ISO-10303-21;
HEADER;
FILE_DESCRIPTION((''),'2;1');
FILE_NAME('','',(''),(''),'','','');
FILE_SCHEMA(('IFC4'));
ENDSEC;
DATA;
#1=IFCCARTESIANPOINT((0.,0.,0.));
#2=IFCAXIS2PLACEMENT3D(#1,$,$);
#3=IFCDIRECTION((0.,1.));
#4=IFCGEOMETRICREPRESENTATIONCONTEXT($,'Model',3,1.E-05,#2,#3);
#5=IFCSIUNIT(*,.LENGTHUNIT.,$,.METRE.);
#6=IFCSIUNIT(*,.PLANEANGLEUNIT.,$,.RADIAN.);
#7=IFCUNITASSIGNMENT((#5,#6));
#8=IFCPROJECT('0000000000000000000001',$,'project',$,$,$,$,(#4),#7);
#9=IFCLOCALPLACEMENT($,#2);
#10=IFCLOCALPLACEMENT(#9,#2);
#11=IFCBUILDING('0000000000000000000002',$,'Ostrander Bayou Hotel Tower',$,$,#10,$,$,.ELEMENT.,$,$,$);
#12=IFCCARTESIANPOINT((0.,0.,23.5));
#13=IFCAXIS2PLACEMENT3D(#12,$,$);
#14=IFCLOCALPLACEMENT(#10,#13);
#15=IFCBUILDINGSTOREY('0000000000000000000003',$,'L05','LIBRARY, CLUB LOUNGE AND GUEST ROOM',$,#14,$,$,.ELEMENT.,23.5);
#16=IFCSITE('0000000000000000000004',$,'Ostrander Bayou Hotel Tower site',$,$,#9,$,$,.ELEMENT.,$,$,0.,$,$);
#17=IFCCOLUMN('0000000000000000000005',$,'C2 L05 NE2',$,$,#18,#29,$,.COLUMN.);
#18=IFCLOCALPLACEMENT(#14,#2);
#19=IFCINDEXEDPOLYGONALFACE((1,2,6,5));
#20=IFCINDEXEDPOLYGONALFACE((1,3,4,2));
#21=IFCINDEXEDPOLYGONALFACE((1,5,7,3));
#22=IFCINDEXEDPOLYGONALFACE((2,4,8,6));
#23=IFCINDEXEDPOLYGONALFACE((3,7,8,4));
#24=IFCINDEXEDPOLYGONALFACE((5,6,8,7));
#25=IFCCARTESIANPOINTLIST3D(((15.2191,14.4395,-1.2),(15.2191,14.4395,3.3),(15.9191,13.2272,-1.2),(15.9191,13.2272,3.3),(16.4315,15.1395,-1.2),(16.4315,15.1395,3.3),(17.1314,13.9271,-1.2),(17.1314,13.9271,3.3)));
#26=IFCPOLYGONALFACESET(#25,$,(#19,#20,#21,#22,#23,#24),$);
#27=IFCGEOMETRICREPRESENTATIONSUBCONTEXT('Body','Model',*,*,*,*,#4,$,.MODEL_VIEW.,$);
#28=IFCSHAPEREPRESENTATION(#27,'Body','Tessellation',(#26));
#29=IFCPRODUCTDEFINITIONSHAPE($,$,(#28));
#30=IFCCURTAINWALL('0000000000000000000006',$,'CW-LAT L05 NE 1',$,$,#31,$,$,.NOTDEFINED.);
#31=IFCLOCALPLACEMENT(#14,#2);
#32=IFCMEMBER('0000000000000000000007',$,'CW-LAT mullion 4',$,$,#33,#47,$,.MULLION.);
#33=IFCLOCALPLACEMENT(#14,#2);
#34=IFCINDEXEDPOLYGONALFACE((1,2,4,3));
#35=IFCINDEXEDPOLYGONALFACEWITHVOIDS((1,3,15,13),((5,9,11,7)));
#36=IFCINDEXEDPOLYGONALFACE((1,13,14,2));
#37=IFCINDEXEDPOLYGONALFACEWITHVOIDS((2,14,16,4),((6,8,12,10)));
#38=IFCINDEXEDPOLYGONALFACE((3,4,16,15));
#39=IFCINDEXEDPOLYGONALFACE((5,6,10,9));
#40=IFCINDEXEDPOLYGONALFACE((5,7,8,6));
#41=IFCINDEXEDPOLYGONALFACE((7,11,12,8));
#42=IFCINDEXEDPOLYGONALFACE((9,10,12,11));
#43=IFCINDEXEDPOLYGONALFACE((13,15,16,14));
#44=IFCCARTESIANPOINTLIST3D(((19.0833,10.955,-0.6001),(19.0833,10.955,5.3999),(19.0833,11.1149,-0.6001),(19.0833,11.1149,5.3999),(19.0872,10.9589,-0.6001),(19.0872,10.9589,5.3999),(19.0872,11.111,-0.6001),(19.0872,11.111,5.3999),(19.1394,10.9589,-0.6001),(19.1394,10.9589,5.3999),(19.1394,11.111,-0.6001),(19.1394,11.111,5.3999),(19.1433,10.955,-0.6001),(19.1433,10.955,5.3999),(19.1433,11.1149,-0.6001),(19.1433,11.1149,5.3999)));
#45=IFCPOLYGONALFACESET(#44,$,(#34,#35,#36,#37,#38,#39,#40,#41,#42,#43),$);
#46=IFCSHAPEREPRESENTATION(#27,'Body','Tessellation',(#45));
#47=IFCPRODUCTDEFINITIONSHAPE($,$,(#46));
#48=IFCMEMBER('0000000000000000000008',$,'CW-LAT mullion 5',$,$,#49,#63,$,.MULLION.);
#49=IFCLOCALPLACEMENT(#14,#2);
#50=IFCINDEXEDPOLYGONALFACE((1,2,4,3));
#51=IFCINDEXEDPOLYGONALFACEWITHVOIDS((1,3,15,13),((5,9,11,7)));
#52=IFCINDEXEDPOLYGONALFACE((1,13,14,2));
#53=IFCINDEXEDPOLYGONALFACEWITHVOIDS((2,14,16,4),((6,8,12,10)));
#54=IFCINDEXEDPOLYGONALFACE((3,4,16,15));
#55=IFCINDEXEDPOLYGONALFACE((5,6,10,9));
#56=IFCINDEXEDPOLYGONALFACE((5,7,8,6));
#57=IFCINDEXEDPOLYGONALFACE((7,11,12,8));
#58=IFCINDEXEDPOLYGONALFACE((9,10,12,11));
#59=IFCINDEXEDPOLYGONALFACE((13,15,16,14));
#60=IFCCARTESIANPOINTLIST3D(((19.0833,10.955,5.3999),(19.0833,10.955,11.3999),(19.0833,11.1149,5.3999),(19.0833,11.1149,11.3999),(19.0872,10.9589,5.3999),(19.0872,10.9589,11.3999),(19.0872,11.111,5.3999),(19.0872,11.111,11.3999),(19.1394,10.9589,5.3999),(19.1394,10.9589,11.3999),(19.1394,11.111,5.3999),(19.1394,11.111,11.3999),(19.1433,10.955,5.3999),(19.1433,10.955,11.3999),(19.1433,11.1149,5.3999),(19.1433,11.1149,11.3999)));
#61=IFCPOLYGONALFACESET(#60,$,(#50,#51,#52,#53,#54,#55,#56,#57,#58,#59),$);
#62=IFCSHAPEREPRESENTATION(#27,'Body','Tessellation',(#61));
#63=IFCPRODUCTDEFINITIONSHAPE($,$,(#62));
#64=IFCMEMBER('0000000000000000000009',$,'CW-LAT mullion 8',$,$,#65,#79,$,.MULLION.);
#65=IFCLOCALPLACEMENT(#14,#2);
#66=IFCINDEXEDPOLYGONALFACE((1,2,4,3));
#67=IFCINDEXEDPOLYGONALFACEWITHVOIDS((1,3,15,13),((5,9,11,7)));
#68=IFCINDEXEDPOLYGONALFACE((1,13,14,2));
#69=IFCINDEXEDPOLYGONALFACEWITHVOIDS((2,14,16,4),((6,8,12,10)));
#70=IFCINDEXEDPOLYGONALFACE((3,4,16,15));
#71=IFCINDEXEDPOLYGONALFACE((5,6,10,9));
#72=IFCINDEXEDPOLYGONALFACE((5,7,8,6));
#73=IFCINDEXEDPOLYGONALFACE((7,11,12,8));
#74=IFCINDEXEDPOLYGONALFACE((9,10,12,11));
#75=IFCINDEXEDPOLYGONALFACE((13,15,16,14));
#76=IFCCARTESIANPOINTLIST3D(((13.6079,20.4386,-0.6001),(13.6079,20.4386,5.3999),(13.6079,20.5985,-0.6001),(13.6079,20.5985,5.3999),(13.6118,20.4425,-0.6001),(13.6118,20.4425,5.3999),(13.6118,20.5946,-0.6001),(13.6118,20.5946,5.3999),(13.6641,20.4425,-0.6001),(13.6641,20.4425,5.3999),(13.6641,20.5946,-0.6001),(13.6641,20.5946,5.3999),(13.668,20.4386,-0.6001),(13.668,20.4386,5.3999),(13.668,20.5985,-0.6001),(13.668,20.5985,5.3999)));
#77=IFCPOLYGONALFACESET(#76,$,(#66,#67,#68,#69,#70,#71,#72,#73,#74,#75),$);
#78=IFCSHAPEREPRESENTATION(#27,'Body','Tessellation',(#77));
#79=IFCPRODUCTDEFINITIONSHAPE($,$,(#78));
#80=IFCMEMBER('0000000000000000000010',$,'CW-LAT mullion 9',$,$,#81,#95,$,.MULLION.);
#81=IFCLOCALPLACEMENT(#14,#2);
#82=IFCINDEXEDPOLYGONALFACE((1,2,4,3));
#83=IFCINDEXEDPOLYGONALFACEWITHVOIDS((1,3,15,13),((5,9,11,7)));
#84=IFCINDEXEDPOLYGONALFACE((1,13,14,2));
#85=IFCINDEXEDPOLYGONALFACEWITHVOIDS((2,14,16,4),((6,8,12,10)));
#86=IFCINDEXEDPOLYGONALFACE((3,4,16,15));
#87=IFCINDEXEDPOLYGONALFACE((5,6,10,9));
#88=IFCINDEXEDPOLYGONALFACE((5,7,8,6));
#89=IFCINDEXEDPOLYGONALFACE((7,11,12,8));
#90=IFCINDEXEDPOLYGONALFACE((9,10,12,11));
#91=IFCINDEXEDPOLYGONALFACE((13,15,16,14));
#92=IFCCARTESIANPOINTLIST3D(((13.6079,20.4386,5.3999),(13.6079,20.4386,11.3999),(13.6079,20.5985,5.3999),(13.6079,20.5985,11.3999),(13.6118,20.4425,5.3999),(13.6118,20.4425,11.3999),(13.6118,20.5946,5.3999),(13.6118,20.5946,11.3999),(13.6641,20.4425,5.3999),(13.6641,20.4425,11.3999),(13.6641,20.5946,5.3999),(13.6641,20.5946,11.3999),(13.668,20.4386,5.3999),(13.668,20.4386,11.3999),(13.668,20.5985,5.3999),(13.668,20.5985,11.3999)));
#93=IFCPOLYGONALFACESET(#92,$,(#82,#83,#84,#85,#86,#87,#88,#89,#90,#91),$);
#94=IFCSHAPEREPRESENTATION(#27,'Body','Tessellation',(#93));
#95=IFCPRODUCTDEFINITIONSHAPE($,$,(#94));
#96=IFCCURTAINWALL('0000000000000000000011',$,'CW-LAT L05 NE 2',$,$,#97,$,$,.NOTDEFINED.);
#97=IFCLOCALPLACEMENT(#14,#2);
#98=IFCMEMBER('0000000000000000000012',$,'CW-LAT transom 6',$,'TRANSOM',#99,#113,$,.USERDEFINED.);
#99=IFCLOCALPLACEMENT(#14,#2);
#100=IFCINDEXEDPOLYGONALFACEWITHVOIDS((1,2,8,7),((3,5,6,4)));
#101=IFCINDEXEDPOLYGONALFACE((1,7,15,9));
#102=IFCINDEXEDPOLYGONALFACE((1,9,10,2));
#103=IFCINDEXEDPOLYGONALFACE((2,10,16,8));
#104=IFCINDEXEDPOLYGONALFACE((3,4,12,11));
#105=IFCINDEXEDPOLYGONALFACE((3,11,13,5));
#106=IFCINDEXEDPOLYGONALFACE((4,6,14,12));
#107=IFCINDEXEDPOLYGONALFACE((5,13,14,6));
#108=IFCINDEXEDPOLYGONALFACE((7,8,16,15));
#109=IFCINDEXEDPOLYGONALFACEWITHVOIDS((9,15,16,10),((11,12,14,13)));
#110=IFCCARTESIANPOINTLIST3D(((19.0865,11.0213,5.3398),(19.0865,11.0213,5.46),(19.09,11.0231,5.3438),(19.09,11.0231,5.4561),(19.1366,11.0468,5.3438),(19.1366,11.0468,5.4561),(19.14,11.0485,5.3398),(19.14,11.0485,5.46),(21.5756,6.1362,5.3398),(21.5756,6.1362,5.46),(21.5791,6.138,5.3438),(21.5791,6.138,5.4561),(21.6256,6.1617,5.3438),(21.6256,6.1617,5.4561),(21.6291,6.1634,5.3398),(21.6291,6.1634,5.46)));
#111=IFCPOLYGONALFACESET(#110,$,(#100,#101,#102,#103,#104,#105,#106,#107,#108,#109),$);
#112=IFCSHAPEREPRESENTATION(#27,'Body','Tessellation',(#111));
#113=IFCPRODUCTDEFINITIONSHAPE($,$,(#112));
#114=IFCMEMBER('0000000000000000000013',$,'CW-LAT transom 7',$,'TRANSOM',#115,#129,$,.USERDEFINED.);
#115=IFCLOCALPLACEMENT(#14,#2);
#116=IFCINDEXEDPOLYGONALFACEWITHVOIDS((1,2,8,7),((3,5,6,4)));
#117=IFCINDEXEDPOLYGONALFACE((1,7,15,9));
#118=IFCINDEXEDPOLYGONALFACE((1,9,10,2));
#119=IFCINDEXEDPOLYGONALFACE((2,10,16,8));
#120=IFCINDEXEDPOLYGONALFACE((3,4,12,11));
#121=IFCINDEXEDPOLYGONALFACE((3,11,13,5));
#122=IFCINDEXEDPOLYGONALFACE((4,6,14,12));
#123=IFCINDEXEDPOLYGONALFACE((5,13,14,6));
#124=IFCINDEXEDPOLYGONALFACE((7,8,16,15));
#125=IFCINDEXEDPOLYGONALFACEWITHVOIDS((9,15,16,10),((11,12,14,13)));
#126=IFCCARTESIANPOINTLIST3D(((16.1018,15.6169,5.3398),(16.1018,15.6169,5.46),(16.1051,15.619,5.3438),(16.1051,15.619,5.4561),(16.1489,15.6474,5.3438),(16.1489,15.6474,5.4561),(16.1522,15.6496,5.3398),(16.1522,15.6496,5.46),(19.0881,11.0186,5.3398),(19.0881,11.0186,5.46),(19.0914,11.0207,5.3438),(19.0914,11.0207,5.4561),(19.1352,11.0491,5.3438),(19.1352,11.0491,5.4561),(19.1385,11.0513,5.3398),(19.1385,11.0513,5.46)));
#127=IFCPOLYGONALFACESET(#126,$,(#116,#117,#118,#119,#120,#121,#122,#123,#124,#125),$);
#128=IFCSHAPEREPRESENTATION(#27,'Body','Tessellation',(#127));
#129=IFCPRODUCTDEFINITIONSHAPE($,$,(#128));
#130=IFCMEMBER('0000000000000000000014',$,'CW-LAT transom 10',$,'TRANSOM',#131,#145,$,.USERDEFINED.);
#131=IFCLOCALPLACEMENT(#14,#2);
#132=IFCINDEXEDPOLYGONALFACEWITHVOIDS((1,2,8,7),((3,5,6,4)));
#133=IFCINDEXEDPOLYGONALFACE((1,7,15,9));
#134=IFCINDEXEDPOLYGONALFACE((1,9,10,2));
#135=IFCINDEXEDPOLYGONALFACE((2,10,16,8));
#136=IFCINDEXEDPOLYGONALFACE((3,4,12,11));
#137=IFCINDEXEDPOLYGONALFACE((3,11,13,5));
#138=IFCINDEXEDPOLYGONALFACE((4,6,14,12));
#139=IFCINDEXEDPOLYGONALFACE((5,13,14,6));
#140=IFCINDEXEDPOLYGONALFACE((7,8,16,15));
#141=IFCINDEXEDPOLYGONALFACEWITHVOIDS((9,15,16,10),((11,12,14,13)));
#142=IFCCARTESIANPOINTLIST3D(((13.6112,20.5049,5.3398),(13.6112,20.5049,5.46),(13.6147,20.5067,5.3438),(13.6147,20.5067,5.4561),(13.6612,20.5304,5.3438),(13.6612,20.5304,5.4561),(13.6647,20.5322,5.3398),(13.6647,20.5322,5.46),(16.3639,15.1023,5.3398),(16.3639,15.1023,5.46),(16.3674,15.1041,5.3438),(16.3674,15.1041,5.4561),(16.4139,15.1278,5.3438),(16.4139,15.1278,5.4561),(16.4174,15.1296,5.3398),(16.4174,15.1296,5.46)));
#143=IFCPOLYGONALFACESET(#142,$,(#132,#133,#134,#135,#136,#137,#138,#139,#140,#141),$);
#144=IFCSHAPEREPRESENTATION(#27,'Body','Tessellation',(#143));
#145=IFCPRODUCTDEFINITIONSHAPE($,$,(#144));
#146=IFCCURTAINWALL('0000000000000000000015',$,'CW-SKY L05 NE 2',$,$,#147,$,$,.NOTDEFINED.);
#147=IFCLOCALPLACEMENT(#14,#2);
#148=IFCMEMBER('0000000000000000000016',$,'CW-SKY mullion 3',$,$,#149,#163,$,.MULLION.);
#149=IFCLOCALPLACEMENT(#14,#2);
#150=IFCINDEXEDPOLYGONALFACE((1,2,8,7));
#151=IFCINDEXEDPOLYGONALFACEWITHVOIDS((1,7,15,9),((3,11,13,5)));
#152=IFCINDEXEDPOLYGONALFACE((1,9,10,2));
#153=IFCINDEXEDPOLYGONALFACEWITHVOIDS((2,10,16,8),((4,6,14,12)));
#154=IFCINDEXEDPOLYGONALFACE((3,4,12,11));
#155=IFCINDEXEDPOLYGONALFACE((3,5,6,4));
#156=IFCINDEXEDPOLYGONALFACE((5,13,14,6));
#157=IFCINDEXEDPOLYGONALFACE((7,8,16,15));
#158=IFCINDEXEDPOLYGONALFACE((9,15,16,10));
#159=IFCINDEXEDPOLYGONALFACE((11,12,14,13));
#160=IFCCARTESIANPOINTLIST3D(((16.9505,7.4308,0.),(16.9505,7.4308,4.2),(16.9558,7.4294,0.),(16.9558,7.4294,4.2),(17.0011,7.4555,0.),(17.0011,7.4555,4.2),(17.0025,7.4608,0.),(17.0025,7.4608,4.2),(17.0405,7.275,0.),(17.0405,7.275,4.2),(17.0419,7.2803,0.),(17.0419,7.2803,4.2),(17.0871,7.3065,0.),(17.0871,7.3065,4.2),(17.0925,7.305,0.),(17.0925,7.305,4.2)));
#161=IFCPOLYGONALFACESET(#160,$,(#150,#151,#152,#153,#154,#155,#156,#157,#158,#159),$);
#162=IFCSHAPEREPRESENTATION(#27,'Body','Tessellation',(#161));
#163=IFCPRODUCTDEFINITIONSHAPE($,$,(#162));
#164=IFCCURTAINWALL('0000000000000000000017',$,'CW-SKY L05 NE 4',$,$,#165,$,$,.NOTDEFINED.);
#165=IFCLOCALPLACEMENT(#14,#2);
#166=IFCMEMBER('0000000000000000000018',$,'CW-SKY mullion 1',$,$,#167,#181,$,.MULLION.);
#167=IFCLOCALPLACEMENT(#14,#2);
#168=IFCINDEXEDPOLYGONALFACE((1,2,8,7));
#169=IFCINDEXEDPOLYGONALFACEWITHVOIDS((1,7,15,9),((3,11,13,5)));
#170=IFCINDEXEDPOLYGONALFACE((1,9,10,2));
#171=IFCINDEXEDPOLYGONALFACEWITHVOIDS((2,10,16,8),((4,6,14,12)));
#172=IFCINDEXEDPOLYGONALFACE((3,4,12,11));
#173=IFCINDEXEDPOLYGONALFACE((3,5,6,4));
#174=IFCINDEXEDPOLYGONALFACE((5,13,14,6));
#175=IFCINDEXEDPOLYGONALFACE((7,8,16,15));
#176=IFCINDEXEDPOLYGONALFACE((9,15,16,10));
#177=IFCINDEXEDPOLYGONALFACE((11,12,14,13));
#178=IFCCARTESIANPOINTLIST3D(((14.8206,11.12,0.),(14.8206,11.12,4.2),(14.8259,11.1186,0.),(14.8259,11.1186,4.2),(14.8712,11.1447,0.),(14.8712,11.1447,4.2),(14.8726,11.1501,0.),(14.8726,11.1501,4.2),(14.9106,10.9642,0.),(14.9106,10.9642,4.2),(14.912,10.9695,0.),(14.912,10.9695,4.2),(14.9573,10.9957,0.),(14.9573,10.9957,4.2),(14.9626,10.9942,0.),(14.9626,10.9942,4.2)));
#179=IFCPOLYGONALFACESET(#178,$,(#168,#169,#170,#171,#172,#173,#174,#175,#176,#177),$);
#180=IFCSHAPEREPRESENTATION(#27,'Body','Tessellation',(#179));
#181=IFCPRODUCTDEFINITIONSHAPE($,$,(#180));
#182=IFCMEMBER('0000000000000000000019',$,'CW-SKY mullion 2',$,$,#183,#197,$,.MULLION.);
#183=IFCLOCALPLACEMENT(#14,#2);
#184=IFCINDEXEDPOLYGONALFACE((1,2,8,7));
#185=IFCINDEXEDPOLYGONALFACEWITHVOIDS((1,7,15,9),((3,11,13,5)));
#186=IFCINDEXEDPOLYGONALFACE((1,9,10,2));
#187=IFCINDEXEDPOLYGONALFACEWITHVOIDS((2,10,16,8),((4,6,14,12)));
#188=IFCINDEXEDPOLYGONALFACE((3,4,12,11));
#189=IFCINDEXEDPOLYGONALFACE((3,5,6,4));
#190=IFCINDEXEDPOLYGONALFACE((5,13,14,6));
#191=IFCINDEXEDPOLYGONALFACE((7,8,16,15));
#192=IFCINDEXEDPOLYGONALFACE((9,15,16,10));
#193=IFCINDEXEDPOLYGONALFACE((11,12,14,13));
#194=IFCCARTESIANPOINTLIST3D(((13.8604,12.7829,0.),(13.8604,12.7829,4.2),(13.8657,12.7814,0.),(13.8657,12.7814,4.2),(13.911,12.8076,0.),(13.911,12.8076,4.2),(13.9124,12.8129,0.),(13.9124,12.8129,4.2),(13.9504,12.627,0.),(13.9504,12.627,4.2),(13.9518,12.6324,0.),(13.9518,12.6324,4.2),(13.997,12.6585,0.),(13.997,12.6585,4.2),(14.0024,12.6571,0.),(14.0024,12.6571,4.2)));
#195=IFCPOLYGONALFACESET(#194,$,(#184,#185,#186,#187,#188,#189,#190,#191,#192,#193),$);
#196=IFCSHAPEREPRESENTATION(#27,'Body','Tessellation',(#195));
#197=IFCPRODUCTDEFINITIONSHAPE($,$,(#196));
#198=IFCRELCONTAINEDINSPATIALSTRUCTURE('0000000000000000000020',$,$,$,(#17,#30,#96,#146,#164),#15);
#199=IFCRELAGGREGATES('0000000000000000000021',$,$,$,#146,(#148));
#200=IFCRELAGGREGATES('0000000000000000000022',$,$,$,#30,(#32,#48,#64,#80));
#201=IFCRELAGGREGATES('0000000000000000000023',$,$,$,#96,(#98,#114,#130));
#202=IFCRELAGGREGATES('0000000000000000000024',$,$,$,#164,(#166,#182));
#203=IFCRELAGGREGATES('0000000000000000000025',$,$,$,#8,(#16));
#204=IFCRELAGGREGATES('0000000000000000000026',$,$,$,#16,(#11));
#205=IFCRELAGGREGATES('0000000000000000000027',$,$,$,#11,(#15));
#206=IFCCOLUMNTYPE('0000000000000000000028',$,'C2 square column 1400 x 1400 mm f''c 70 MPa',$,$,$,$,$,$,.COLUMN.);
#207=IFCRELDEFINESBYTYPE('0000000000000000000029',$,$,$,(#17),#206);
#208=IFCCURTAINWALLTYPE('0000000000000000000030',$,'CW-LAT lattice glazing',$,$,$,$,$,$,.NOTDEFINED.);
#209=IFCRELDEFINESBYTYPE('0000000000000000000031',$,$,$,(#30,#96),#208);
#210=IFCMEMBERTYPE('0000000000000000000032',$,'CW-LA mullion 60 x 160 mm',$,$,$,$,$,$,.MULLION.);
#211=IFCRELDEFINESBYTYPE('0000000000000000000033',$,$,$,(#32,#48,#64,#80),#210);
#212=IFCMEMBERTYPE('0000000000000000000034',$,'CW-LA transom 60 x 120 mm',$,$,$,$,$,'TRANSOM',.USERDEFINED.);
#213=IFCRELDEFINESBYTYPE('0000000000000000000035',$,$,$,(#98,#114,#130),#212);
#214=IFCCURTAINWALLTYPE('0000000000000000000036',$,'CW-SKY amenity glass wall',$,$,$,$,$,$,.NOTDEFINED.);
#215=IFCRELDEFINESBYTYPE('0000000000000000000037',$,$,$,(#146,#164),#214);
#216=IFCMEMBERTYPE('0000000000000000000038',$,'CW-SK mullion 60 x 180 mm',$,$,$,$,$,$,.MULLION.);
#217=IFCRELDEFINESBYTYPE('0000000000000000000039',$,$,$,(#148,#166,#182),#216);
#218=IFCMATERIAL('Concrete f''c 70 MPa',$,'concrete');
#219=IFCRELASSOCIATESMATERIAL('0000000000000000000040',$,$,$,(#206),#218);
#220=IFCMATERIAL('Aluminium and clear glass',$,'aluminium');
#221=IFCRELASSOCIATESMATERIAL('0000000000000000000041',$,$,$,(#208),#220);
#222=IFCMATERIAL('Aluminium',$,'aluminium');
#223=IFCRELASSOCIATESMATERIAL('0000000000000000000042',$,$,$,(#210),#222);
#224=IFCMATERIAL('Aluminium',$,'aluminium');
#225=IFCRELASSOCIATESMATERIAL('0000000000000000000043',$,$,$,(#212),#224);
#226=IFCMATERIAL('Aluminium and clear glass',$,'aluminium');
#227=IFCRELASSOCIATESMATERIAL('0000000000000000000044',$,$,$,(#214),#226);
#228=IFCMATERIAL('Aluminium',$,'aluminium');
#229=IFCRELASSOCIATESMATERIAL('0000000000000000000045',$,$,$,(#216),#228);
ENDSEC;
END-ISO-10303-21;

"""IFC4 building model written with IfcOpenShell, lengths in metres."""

from ifc_helpers import new_model, si_unit, direction, frame, origin, origin_2d, place, context, subcontext, project, spatial, rectangle, hollow_rectangle, extrude, material, material_profile, profile_set, type_object, element, aggregate, save


model = new_model("IFC4")

# Units and contexts
model_context = context("Model", 3, precision=1e-05, world=origin(), true_north=direction((0.0, 1.0)))
body_context = subcontext(model_context, "Body", "Model", "MODEL_VIEW")
ifc_project = project(units=[si_unit("LENGTHUNIT", "METRE"), si_unit("PLANEANGLEUNIT", "RADIAN")], contexts=[model_context])

# Site, building, storey
site_placement = place(None, origin())
site = spatial("IfcSite", under=ifc_project, at=site_placement, Name="Ostrander Bayou Hotel Tower site", CompositionType="ELEMENT", RefElevation=0.0)
building_placement = place(site_placement, origin())
building = spatial("IfcBuilding", under=site, at=building_placement, Name="Ostrander Bayou Hotel Tower", CompositionType="ELEMENT")
storey_placement = place(building_placement, frame((0.0, 0.0, 23.5)))
storey = spatial("IfcBuildingStorey", under=building, at=storey_placement, Name="L05", Description="LIBRARY, CLUB LOUNGE AND GUEST ROOM", CompositionType="ELEMENT", Elevation=23.5)

# Column
ifc_material_1 = material(Name="Concrete f'c 70 MPa", Category="concrete")
ifc_material_profile_1 = material_profile(ifc_material_1, rectangle(XDim=1.3999, YDim=1.3999, at=origin_2d()))
ifc_profile_set_1 = profile_set([ifc_material_profile_1], Name="Concrete f'c 70 MPa")
column_type = type_object("IfcColumnType", Name="C2 square column 1400 x 1400 mm f'c 70 MPa", PredefinedType="COLUMN", material=ifc_profile_set_1)
column_placement = place(storey_placement, frame((16.1753, 14.1833, -1.2), z_axis=(0.0, 0.0, 1.0), x_axis=(0.5, -0.866025, 0.0)))
element("IfcColumn", 1, at=column_placement, inside=storey, type_object=column_type, Name="C2 L05 NE2", PredefinedType="COLUMN", context=body_context, shape_type="SweptSolid", body=[
    extrude(rectangle(XDim=1.3999, YDim=1.3999, at=origin_2d()), origin(), (0.0, 0.0, 1.0), 4.5),
])

# Curtain walls, members
ifc_material_2 = material(Name="Aluminium and clear glass", Category="aluminium")
curtain_wall_type_1 = type_object("IfcCurtainWallType", Name="CW-LAT lattice glazing", PredefinedType="NOTDEFINED", material=ifc_material_2)
curtain_wall_1_placement = place(storey_placement, origin())
curtain_wall_1 = element("IfcCurtainWall", 2, at=curtain_wall_1_placement, inside=storey, type_object=curtain_wall_type_1, Name="CW-LAT L05 NE 1", PredefinedType="NOTDEFINED")
ifc_material_3 = material(Name="Aluminium", Category="aluminium")
ifc_material_profile_2 = material_profile(ifc_material_3, hollow_rectangle(XDim=0.0601, YDim=0.1599, WallThickness=0.0039, at=origin_2d()))
ifc_profile_set_2 = profile_set([ifc_material_profile_2], Name="Aluminium")
member_type_1 = type_object("IfcMemberType", Name="CW-LA mullion 60 x 160 mm", PredefinedType="MULLION", material=ifc_profile_set_2)
member_1_placement = place(storey_placement, frame((19.1133, 11.0349, -0.6001), z_axis=(0.0, 0.0, 1.0), x_axis=(1.0, 0.0, 0.0)))
member_1 = element("IfcMember", 3, at=member_1_placement, type_object=member_type_1, Name="CW-LAT mullion 4", PredefinedType="MULLION", context=body_context, shape_type="SweptSolid", body=[
    extrude(hollow_rectangle(XDim=0.0601, YDim=0.1599, WallThickness=0.0039, at=origin_2d()), origin(), (0.0, 0.0, 1.0), 6.0),
])
member_2_placement = place(storey_placement, frame((19.1133, 11.0349, 5.3999), z_axis=(0.0, 0.0, 1.0), x_axis=(1.0, 0.0, 0.0)))
member_2 = element("IfcMember", 4, at=member_2_placement, type_object=member_type_1, Name="CW-LAT mullion 5", PredefinedType="MULLION", context=body_context, shape_type="SweptSolid", body=[
    extrude(hollow_rectangle(XDim=0.0601, YDim=0.1599, WallThickness=0.0039, at=origin_2d()), origin(), (0.0, 0.0, 1.0), 6.0),
])
member_3_placement = place(storey_placement, frame((13.6379, 20.5186, -0.6001), z_axis=(0.0, 0.0, 1.0), x_axis=(1.0, 0.0, 0.0)))
member_3 = element("IfcMember", 5, at=member_3_placement, type_object=member_type_1, Name="CW-LAT mullion 8", PredefinedType="MULLION", context=body_context, shape_type="SweptSolid", body=[
    extrude(hollow_rectangle(XDim=0.0601, YDim=0.1599, WallThickness=0.0039, at=origin_2d()), origin(), (0.0, 0.0, 1.0), 6.0),
])
member_4_placement = place(storey_placement, frame((13.6379, 20.5186, 5.3999), z_axis=(0.0, 0.0, 1.0), x_axis=(1.0, 0.0, 0.0)))
member_4 = element("IfcMember", 6, at=member_4_placement, type_object=member_type_1, Name="CW-LAT mullion 9", PredefinedType="MULLION", context=body_context, shape_type="SweptSolid", body=[
    extrude(hollow_rectangle(XDim=0.0601, YDim=0.1599, WallThickness=0.0039, at=origin_2d()), origin(), (0.0, 0.0, 1.0), 6.0),
])
curtain_wall_2_placement = place(storey_placement, origin())
curtain_wall_2 = element("IfcCurtainWall", 7, at=curtain_wall_2_placement, inside=storey, type_object=curtain_wall_type_1, Name="CW-LAT L05 NE 2", PredefinedType="NOTDEFINED")
ifc_material_4 = material(Name="Aluminium", Category="aluminium")
ifc_material_profile_3 = material_profile(ifc_material_4, hollow_rectangle(XDim=0.0601, YDim=0.1201, WallThickness=0.0039, at=origin_2d()))
ifc_profile_set_3 = profile_set([ifc_material_profile_3], Name="Aluminium")
member_type_2 = type_object("IfcMemberType", Name="CW-LA transom 60 x 120 mm", ElementType="TRANSOM", PredefinedType="USERDEFINED", material=ifc_profile_set_3)
member_5_placement = place(storey_placement, frame((19.1133, 11.0349, 5.3999), z_axis=(0.453987, -0.891008, 0.0), x_axis=(0.891008, 0.453987, 0.0)))
member_5 = element("IfcMember", 8, at=member_5_placement, type_object=member_type_2, Name="CW-LAT transom 6", ObjectType="TRANSOM", PredefinedType="USERDEFINED", context=body_context, shape_type="SweptSolid", body=[
    extrude(hollow_rectangle(XDim=0.0601, YDim=0.1201, WallThickness=0.0039, at=origin_2d()), origin(), (0.0, 0.0, 1.0), 5.4827),
])
member_6_placement = place(storey_placement, frame((19.1133, 11.0349, 5.3999), z_axis=(-0.544652, 0.838662, 0.0), x_axis=(-0.838662, -0.544652, 0.0)))
member_6 = element("IfcMember", 9, at=member_6_placement, type_object=member_type_2, Name="CW-LAT transom 7", ObjectType="TRANSOM", PredefinedType="USERDEFINED", context=body_context, shape_type="SweptSolid", body=[
    extrude(hollow_rectangle(XDim=0.0601, YDim=0.1201, WallThickness=0.0039, at=origin_2d()), origin(), (0.0, 0.0, 1.0), 5.4829),
])
member_7_placement = place(storey_placement, frame((13.6379, 20.5186, 5.3999), z_axis=(0.453981, -0.891011, 0.0), x_axis=(0.891011, 0.453981, 0.0)))
member_7 = element("IfcMember", 10, at=member_7_placement, type_object=member_type_2, Name="CW-LAT transom 10", ObjectType="TRANSOM", PredefinedType="USERDEFINED", context=body_context, shape_type="SweptSolid", body=[
    extrude(hollow_rectangle(XDim=0.0601, YDim=0.1201, WallThickness=0.0039, at=origin_2d()), origin(), (0.0, 0.0, 1.0), 6.0635),
])

# Curtain wall, member
ifc_material_5 = material(Name="Aluminium and clear glass", Category="aluminium")
curtain_wall_type_2 = type_object("IfcCurtainWallType", Name="CW-SKY amenity glass wall", PredefinedType="NOTDEFINED", material=ifc_material_5)
curtain_wall_3_placement = place(storey_placement, origin())
curtain_wall_3 = element("IfcCurtainWall", 11, at=curtain_wall_3_placement, inside=storey, type_object=curtain_wall_type_2, Name="CW-SKY L05 NE 2", PredefinedType="NOTDEFINED")
ifc_material_6 = material(Name="Aluminium", Category="aluminium")
ifc_material_profile_4 = material_profile(ifc_material_6, hollow_rectangle(XDim=0.0601, YDim=0.1799, WallThickness=0.0039, at=origin_2d()))
ifc_profile_set_4 = profile_set([ifc_material_profile_4], Name="Aluminium")
member_type_3 = type_object("IfcMemberType", Name="CW-SK mullion 60 x 180 mm", PredefinedType="MULLION", material=ifc_profile_set_4)
member_8_placement = place(storey_placement, frame((17.0215, 7.3679, 0.0), z_axis=(0.0, 0.0, 1.0), x_axis=(-0.866025, -0.5, 0.0)))
member_8 = element("IfcMember", 12, at=member_8_placement, type_object=member_type_3, Name="CW-SKY mullion 3", PredefinedType="MULLION", context=body_context, shape_type="SweptSolid", body=[
    extrude(hollow_rectangle(XDim=0.0601, YDim=0.1799, WallThickness=0.0039, at=origin_2d()), origin(), (0.0, 0.0, 1.0), 4.2),
])
aggregate(curtain_wall_3, [member_8])

# Curtain wall, members
curtain_wall_4_placement = place(storey_placement, origin())
curtain_wall_4 = element("IfcCurtainWall", 13, at=curtain_wall_4_placement, inside=storey, type_object=curtain_wall_type_2, Name="CW-SKY L05 NE 4", PredefinedType="NOTDEFINED")
member_9_placement = place(storey_placement, frame((14.8916, 11.0571, 0.0), z_axis=(0.0, 0.0, 1.0), x_axis=(-0.866025, -0.5, 0.0)))
member_9 = element("IfcMember", 14, at=member_9_placement, type_object=member_type_3, Name="CW-SKY mullion 1", PredefinedType="MULLION", context=body_context, shape_type="SweptSolid", body=[
    extrude(hollow_rectangle(XDim=0.0601, YDim=0.1799, WallThickness=0.0039, at=origin_2d()), origin(), (0.0, 0.0, 1.0), 4.2),
])
member_10_placement = place(storey_placement, frame((13.9314, 12.72, 0.0), z_axis=(0.0, 0.0, 1.0), x_axis=(-0.866025, -0.5, 0.0)))
member_10 = element("IfcMember", 15, at=member_10_placement, type_object=member_type_3, Name="CW-SKY mullion 2", PredefinedType="MULLION", context=body_context, shape_type="SweptSolid", body=[
    extrude(hollow_rectangle(XDim=0.0601, YDim=0.1799, WallThickness=0.0039, at=origin_2d()), origin(), (0.0, 0.0, 1.0), 4.2),
])

aggregate(curtain_wall_1, [member_1, member_2, member_3, member_4])
aggregate(curtain_wall_2, [member_5, member_6, member_7])
aggregate(curtain_wall_4, [member_9, member_10])

save(model, "model.ifc")
